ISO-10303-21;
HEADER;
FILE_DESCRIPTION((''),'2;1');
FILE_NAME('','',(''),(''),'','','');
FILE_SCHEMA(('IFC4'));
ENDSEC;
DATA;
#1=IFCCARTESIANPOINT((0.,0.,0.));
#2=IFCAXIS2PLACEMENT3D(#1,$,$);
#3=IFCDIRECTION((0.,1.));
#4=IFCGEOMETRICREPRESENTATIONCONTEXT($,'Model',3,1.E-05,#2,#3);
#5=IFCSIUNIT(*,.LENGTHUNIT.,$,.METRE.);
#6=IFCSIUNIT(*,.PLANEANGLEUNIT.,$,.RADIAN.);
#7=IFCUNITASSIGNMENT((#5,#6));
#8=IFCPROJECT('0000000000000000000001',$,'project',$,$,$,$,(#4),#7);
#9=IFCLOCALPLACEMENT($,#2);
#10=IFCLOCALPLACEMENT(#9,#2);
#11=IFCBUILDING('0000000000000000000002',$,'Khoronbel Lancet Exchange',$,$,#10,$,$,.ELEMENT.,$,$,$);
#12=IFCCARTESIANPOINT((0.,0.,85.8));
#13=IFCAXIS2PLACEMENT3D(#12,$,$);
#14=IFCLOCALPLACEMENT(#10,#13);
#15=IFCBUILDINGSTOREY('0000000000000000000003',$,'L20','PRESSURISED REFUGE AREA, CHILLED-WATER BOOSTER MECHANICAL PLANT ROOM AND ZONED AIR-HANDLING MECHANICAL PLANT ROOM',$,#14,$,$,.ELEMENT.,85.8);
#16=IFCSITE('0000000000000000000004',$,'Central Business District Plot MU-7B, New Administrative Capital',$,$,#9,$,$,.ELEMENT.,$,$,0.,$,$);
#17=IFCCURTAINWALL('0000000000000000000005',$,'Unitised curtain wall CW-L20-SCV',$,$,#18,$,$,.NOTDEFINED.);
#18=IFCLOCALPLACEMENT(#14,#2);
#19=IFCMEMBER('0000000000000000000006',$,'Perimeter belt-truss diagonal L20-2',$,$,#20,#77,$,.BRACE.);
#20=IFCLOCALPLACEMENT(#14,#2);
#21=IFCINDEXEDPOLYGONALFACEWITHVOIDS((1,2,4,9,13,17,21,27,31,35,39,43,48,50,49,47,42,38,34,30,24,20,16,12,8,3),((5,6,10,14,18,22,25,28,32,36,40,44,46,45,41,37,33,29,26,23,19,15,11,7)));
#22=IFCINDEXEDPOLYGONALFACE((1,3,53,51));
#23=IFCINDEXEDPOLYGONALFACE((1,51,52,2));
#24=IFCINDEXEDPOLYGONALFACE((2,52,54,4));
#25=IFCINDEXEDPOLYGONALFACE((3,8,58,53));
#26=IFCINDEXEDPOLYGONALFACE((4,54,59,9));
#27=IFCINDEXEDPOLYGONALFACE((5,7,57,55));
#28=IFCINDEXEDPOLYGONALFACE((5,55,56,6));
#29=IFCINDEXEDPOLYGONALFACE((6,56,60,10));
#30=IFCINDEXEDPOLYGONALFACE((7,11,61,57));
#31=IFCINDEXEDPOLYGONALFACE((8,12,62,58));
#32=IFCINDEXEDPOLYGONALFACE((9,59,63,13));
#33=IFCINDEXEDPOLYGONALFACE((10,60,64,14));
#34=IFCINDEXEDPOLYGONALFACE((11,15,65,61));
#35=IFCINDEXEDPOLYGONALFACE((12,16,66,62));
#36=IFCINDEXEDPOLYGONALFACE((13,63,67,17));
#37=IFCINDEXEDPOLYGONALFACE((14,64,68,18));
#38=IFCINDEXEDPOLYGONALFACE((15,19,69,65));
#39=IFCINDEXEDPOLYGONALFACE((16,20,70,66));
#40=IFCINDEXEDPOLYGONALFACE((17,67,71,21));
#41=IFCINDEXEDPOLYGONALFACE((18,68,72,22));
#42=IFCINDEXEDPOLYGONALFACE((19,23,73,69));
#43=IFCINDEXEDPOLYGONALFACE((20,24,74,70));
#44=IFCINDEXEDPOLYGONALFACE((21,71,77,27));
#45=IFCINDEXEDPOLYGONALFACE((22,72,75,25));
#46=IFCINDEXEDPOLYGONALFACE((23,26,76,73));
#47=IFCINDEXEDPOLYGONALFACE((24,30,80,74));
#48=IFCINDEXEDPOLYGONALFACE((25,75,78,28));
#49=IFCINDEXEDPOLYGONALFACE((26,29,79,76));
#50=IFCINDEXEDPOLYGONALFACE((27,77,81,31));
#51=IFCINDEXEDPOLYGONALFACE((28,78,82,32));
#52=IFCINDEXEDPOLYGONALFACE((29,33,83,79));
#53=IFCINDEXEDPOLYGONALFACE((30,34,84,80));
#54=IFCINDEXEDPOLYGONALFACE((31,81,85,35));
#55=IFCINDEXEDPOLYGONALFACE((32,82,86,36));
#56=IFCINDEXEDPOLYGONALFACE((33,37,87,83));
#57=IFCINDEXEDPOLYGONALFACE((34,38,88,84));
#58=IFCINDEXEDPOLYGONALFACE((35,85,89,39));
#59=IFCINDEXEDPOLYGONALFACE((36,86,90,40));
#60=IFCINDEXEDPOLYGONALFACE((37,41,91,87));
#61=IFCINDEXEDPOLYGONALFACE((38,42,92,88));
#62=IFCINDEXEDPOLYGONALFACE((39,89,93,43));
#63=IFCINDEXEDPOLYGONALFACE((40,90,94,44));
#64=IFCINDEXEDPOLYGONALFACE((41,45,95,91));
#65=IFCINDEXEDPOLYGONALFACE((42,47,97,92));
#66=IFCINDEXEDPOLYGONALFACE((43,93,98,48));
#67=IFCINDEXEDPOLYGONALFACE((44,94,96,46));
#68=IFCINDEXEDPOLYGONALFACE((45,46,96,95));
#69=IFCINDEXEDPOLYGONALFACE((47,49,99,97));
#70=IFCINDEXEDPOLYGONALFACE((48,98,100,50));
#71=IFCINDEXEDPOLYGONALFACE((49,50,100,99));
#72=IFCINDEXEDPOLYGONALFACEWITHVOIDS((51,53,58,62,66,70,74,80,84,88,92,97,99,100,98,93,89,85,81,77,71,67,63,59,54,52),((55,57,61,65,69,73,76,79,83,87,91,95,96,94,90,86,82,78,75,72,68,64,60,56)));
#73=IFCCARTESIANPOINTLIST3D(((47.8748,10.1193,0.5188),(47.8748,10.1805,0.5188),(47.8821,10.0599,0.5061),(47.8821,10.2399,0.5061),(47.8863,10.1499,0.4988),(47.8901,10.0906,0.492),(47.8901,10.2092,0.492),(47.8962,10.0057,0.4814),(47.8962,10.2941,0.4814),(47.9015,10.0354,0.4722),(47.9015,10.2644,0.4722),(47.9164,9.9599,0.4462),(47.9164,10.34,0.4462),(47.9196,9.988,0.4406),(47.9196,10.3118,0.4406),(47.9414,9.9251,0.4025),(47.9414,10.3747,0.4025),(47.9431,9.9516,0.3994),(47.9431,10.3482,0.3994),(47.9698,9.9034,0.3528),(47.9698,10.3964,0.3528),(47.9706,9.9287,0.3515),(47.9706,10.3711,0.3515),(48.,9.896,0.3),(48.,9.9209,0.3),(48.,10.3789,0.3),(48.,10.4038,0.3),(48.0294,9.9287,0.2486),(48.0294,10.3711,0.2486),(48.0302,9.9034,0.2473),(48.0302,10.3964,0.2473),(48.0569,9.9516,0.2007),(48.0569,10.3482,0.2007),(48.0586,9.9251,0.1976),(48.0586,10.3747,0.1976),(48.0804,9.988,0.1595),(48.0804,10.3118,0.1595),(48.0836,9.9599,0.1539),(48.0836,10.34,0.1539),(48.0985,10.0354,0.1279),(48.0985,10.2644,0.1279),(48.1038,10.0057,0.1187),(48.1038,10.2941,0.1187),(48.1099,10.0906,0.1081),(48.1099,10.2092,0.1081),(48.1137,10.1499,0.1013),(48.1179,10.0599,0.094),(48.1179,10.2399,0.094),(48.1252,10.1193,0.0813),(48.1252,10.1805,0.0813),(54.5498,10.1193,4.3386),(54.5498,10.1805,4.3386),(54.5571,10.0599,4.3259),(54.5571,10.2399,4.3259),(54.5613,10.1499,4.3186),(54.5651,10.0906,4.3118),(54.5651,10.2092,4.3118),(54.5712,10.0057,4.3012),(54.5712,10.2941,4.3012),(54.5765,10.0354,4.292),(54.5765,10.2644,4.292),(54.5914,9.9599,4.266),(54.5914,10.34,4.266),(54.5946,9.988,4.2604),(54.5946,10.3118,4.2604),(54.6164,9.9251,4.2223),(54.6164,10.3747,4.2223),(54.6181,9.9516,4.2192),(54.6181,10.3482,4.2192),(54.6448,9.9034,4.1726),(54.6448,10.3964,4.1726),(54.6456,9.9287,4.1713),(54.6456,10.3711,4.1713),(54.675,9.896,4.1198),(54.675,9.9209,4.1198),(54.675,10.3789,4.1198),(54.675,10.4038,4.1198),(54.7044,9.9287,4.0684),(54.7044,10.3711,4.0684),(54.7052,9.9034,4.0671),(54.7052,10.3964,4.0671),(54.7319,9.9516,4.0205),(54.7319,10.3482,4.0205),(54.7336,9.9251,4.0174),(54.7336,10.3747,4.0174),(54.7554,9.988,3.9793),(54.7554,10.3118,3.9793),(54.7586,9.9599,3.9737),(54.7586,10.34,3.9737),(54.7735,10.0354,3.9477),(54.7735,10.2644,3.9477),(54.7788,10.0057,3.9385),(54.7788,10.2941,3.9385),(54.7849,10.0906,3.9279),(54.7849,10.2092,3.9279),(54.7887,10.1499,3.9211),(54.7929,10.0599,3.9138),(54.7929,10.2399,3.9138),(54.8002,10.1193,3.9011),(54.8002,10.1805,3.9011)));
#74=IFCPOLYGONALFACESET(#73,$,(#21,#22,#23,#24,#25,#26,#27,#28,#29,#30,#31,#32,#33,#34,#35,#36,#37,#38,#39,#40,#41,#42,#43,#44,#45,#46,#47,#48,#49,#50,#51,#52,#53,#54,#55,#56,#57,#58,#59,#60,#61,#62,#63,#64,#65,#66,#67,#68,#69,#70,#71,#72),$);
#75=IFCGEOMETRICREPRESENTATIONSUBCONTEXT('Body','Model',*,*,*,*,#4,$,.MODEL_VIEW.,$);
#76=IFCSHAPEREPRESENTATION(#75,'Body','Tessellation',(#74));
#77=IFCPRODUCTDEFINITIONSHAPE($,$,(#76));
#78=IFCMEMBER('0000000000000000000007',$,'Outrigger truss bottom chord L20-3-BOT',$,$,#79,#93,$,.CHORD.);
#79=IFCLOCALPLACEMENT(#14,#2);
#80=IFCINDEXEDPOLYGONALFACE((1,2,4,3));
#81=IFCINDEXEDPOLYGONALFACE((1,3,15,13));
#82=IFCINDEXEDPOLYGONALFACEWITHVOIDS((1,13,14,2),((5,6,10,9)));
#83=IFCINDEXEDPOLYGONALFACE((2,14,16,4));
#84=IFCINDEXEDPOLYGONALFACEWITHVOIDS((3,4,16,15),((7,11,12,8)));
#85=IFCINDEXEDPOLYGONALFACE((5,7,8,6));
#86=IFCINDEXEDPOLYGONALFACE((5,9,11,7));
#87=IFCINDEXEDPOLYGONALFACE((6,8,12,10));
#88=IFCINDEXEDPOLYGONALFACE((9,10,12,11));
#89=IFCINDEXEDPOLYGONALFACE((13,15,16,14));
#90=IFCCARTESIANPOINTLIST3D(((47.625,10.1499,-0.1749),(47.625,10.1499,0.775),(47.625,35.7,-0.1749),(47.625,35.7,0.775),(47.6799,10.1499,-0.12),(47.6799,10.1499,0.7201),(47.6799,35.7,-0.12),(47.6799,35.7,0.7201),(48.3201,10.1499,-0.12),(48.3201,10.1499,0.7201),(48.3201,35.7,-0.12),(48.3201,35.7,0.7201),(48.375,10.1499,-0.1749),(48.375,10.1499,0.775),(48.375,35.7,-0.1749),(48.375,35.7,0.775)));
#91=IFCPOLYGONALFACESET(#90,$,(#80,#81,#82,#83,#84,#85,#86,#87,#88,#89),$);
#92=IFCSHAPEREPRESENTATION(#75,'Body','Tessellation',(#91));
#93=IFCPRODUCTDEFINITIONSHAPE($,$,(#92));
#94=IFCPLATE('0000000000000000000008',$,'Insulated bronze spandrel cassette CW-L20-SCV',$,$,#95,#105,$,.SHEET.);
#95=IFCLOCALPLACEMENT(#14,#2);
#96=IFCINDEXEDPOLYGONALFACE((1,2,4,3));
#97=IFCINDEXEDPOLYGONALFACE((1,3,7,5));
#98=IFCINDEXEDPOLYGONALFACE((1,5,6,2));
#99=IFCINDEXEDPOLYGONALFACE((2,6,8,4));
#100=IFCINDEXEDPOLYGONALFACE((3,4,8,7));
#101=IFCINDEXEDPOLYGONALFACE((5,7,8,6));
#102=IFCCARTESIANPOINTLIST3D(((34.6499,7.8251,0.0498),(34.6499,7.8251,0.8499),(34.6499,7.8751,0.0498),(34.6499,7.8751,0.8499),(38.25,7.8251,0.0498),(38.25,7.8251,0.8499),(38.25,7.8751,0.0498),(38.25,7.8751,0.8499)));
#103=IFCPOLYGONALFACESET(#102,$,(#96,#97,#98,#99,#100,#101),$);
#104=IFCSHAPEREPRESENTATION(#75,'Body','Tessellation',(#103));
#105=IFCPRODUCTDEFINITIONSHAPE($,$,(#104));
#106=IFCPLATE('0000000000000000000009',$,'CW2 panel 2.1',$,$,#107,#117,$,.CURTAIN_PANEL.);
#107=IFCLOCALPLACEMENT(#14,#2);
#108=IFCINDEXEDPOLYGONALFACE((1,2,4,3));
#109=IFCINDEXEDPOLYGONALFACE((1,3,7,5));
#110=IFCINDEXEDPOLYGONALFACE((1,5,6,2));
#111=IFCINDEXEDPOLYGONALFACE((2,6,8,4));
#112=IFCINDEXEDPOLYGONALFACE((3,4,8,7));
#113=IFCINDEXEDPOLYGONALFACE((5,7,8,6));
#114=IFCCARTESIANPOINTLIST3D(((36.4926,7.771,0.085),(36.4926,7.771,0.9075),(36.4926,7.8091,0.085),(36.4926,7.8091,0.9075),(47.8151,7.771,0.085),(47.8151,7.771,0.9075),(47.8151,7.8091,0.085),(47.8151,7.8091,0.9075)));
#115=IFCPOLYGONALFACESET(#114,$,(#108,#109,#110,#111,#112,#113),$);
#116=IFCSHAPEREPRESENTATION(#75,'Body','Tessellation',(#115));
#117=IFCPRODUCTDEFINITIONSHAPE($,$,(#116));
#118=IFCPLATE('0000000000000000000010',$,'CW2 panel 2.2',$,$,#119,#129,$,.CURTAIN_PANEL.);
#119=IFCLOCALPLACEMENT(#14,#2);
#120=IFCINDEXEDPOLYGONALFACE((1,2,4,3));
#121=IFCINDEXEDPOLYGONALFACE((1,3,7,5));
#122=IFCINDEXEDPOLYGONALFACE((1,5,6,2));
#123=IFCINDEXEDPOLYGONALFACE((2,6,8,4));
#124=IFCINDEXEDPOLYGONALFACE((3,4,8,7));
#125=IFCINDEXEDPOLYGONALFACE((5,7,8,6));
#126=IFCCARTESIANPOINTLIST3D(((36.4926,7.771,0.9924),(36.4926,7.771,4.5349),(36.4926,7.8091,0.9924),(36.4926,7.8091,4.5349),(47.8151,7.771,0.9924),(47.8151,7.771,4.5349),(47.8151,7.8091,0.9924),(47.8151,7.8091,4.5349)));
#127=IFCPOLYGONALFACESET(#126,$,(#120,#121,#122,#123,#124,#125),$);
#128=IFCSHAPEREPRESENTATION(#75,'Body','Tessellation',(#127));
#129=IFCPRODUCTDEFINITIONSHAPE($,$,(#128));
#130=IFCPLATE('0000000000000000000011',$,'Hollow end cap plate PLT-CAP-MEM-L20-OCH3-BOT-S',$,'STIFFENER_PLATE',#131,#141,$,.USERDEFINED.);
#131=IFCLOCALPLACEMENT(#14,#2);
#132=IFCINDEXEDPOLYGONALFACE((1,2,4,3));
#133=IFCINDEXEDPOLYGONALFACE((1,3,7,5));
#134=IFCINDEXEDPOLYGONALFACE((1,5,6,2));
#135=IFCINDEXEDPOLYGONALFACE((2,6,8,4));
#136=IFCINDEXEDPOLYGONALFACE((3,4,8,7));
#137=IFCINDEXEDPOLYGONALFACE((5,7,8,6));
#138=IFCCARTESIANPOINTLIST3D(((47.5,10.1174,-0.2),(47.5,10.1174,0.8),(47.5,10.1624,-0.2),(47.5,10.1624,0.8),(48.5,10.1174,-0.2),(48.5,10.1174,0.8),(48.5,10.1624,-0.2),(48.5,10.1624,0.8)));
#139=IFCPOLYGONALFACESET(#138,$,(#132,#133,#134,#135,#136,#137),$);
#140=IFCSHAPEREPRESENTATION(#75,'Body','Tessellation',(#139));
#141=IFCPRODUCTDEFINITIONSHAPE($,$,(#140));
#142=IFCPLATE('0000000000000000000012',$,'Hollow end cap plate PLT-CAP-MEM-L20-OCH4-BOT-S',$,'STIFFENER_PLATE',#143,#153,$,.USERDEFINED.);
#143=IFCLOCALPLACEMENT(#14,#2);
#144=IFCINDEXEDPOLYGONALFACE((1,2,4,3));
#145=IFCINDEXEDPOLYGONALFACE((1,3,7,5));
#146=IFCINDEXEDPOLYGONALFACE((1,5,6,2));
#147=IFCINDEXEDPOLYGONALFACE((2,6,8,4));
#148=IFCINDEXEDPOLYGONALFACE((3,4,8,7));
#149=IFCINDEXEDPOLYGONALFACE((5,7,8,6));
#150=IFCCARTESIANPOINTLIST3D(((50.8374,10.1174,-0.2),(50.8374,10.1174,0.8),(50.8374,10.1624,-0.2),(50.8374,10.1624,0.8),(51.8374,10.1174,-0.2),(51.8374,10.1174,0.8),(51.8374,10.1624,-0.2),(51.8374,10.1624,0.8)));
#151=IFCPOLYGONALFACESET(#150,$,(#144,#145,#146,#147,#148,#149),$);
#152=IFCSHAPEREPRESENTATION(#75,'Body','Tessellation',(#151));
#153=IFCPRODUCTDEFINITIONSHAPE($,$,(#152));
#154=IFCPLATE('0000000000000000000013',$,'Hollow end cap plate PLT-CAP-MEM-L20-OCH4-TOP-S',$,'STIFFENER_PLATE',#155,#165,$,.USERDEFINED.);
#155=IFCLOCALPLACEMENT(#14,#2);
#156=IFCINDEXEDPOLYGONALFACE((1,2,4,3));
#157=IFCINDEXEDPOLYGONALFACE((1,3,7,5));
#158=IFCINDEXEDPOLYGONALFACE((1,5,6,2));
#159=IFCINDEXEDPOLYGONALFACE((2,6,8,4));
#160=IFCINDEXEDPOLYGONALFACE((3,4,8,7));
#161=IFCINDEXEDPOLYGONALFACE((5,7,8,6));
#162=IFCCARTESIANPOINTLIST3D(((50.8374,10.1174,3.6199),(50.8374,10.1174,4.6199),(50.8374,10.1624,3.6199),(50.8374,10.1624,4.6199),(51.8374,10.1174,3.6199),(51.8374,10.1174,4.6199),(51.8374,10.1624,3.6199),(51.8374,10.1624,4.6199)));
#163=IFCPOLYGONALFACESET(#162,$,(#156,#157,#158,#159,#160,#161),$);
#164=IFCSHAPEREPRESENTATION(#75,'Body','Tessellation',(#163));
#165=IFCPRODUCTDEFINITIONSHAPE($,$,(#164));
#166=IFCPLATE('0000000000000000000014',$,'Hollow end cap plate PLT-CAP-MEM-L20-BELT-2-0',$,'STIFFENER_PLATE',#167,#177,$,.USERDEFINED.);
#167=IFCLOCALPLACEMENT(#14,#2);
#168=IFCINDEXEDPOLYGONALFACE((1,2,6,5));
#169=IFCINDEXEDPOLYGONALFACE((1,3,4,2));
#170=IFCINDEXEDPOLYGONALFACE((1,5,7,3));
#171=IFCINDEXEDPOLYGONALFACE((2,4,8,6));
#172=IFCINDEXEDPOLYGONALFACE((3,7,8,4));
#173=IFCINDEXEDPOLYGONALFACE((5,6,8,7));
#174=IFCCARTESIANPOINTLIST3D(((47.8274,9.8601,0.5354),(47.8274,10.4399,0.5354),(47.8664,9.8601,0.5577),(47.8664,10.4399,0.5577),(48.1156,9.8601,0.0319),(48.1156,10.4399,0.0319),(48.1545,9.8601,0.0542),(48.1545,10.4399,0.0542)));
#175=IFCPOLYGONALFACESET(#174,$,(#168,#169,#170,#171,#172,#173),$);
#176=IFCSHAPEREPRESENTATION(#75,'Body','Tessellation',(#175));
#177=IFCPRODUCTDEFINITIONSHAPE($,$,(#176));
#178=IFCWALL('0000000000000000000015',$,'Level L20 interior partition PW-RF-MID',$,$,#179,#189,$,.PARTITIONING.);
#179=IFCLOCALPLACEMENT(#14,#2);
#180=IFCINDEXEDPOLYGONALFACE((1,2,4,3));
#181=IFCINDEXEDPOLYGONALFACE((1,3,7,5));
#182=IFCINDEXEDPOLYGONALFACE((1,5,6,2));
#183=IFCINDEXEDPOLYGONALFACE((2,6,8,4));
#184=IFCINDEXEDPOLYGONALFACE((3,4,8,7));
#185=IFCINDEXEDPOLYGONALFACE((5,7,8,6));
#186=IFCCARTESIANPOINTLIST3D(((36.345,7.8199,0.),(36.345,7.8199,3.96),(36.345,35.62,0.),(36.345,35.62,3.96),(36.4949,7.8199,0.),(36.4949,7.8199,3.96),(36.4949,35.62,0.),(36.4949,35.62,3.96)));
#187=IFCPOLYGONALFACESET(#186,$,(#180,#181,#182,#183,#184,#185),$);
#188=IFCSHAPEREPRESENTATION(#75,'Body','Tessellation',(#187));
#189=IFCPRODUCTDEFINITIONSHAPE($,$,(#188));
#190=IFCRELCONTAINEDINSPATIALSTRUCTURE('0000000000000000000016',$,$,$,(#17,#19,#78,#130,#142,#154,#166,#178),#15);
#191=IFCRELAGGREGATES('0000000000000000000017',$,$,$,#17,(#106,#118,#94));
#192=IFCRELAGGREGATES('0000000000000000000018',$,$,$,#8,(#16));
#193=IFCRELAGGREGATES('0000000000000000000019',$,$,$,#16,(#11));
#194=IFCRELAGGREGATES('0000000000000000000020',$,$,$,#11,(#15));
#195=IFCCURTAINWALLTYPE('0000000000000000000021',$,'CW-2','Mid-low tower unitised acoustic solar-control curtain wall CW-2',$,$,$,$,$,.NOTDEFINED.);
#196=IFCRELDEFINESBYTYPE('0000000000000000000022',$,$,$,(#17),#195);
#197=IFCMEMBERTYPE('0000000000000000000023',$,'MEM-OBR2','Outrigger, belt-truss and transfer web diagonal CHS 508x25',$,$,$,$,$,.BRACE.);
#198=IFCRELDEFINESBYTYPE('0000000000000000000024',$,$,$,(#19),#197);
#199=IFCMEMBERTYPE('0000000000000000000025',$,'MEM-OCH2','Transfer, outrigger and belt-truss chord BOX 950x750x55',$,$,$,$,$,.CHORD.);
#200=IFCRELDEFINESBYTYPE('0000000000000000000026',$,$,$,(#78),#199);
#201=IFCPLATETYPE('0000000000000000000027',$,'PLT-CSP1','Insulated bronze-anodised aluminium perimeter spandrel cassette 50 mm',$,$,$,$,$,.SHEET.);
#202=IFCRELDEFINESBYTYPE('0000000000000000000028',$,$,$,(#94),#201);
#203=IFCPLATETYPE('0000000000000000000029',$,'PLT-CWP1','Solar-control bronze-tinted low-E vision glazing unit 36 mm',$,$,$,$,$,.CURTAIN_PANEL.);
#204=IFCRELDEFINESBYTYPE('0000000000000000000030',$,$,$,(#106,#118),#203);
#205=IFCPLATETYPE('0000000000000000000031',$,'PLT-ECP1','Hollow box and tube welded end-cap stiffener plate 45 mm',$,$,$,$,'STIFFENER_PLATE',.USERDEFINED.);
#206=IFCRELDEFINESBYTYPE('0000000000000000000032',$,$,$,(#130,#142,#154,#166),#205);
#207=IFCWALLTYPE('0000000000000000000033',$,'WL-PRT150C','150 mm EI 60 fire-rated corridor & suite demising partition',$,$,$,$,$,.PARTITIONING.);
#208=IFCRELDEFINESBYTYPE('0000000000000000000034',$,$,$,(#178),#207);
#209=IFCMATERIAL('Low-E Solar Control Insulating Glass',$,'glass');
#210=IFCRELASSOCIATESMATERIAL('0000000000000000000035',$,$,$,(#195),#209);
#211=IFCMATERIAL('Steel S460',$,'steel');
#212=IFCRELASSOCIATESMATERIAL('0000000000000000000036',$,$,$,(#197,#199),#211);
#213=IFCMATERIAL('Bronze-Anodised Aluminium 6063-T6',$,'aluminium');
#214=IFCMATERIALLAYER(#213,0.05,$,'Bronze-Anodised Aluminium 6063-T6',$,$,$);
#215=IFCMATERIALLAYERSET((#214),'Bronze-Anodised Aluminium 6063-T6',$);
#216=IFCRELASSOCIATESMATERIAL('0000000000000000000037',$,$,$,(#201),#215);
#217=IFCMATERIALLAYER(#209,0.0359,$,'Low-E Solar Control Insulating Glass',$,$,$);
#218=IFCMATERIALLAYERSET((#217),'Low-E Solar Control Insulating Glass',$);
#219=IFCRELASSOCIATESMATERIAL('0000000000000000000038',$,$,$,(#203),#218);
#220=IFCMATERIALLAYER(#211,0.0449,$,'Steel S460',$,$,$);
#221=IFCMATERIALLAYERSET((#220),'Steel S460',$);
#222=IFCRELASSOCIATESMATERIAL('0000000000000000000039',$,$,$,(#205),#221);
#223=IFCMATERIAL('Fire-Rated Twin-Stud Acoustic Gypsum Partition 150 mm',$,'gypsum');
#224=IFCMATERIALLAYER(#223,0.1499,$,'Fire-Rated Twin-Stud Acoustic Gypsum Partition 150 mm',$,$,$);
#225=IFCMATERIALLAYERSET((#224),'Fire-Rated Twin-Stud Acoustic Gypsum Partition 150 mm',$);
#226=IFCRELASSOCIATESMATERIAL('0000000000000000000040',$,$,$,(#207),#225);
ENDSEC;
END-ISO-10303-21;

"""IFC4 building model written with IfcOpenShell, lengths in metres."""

from ifc_helpers import new_model, si_unit, direction, frame, frame_2d, origin, origin_2d, place, context, subcontext, project, spatial, polyline, rectangle, hollow_rectangle, hollow_circle, outline, extrude, material, layer, layer_set, material_profile, profile_set, type_object, element, aggregate, save


model = new_model("IFC4")

# Units and contexts
model_context = context("Model", 3, precision=1e-05, world=origin(), true_north=direction((0.0, 1.0)))
body_context = subcontext(model_context, "Body", "Model", "MODEL_VIEW")
ifc_project = project(units=[si_unit("LENGTHUNIT", "METRE"), si_unit("PLANEANGLEUNIT", "RADIAN")], contexts=[model_context])

# Site, building, storey
site_placement = place(None, origin())
site = spatial("IfcSite", under=ifc_project, at=site_placement, Name="Central Business District Plot MU-7B, New Administrative Capital", CompositionType="ELEMENT", RefElevation=0.0)
building_placement = place(site_placement, origin())
building = spatial("IfcBuilding", under=site, at=building_placement, Name="Khoronbel Lancet Exchange", CompositionType="ELEMENT")
storey_placement = place(building_placement, frame((0.0, 0.0, 85.8)))
storey = spatial("IfcBuildingStorey", under=building, at=storey_placement, Name="L20", Description="PRESSURISED REFUGE AREA, CHILLED-WATER BOOSTER MECHANICAL PLANT ROOM AND ZONED AIR-HANDLING MECHANICAL PLANT ROOM", CompositionType="ELEMENT", Elevation=85.8)

# Shared definitions
ifc_material_1 = material(Name="Steel S460", Category="steel")

# Curtain wall
ifc_material_2 = material(Name="Low-E Solar Control Insulating Glass", Category="glass")
curtain_wall_type = type_object("IfcCurtainWallType", Name="CW-2", Description="Mid-low tower unitised acoustic solar-control curtain wall CW-2", PredefinedType="NOTDEFINED", material=ifc_material_2)
curtain_wall_1_placement = place(storey_placement, origin())
curtain_wall_1 = element("IfcCurtainWall", 1, at=curtain_wall_1_placement, inside=storey, type_object=curtain_wall_type, Name="Unitised curtain wall CW-L20-SCV", PredefinedType="NOTDEFINED")
ifc_material_3 = material(Name="Bronze-Anodised Aluminium 6063-T6", Category="aluminium")

# Members
ifc_material_profile_1 = material_profile(ifc_material_1, hollow_circle(Radius=0.2539, WallThickness=0.0249, at=origin_2d()), Name="CHS 508x25")
ifc_profile_set_1 = profile_set([ifc_material_profile_1], Name="Steel S460")
member_type_1 = type_object("IfcMemberType", Name="MEM-OBR2", Description="Outrigger, belt-truss and transfer web diagonal CHS 508x25", PredefinedType="BRACE", material=ifc_profile_set_1)
member_1_placement = place(storey_placement, frame((48.0, 10.1499, 0.3), z_axis=(0.867934, 0.0, 0.496679), x_axis=(0.0, 1.0, 0.0)))
element("IfcMember", 2, at=member_1_placement, inside=storey, type_object=member_type_1, Name="Perimeter belt-truss diagonal L20-2", PredefinedType="BRACE", context=body_context, shape_type="SweptSolid", body=[
    extrude(hollow_circle(Radius=0.2539, WallThickness=0.0249, at=origin_2d()), origin(), (0.0, 0.0, 1.0), 7.6907),
])
ifc_material_profile_2 = material_profile(ifc_material_1, hollow_rectangle(XDim=0.75, YDim=0.95, WallThickness=0.0549, at=origin_2d()), Name="BOX 950x750x55")
ifc_profile_set_2 = profile_set([ifc_material_profile_2], Name="Steel S460")
member_type_2 = type_object("IfcMemberType", Name="MEM-OCH2", Description="Transfer, outrigger and belt-truss chord BOX 950x750x55", PredefinedType="CHORD", material=ifc_profile_set_2)
member_2_placement = place(storey_placement, frame((48.0, 10.1499, 0.3), z_axis=(0.0, 1.0, 0.0), x_axis=(-1.0, 0.0, 0.0)))
element("IfcMember", 3, at=member_2_placement, inside=storey, type_object=member_type_2, Name="Outrigger truss bottom chord L20-3-BOT", PredefinedType="CHORD", context=body_context, shape_type="SweptSolid", body=[
    extrude(hollow_rectangle(XDim=0.75, YDim=0.95, WallThickness=0.0549, at=origin_2d()), origin(), (0.0, 0.0, 1.0), 25.55),
])

# Plates
ifc_layer_1 = layer(ifc_material_3, 0.05, Name="Bronze-Anodised Aluminium 6063-T6")
ifc_layer_set_1 = layer_set([ifc_layer_1], Name="Bronze-Anodised Aluminium 6063-T6")
plate_type_1 = type_object("IfcPlateType", Name="PLT-CSP1", Description="Insulated bronze-anodised aluminium perimeter spandrel cassette 50 mm", PredefinedType="SHEET", material=ifc_layer_set_1)
plate_1_placement = place(storey_placement, frame((36.45, 7.8501, 0.0498), z_axis=(0.0, 0.0, 1.0), x_axis=(1.0, 0.0, 0.0)))
plate_1 = element("IfcPlate", 4, at=plate_1_placement, type_object=plate_type_1, Name="Insulated bronze spandrel cassette CW-L20-SCV", PredefinedType="SHEET", context=body_context, shape_type="SweptSolid", body=[
    extrude(rectangle(XDim=3.6001, YDim=0.05, at=origin_2d()), origin(), (0.0, 0.0, 1.0), 0.8),
])
ifc_layer_2 = layer(ifc_material_2, 0.0359, Name="Low-E Solar Control Insulating Glass")
ifc_layer_set_2 = layer_set([ifc_layer_2], Name="Low-E Solar Control Insulating Glass")
plate_type_2 = type_object("IfcPlateType", Name="PLT-CWP1", Description="Solar-control bronze-tinted low-E vision glazing unit 36 mm", PredefinedType="CURTAIN_PANEL", material=ifc_layer_set_2)
plate_2_placement = place(storey_placement, frame((42.1538, 7.79, 0.085), z_axis=(0.0, 0.0, 1.0), x_axis=(1.0, 0.0, 0.0)))
plate_2 = element("IfcPlate", 5, at=plate_2_placement, type_object=plate_type_2, Name="CW2 panel 2.1", PredefinedType="CURTAIN_PANEL", context=body_context, shape_type="SweptSolid", body=[
    extrude(rectangle(XDim=11.3225, YDim=0.0381, at=origin_2d()), origin(), (0.0, 0.0, 1.0), 0.8225),
])
plate_3_placement = place(storey_placement, frame((42.1538, 7.79, 0.9924), z_axis=(0.0, 0.0, 1.0), x_axis=(1.0, 0.0, 0.0)))
plate_3 = element("IfcPlate", 6, at=plate_3_placement, type_object=plate_type_2, Name="CW2 panel 2.2", PredefinedType="CURTAIN_PANEL", context=body_context, shape_type="SweptSolid", body=[
    extrude(rectangle(XDim=11.3225, YDim=0.0381, at=origin_2d()), origin(), (0.0, 0.0, 1.0), 3.5425),
])
aggregate(curtain_wall_1, [plate_2, plate_3, plate_1])

# Plates
ifc_layer_3 = layer(ifc_material_1, 0.0449, Name="Steel S460")
ifc_layer_set_3 = layer_set([ifc_layer_3], Name="Steel S460")
plate_type_3 = type_object("IfcPlateType", Name="PLT-ECP1", Description="Hollow box and tube welded end-cap stiffener plate 45 mm", ElementType="STIFFENER_PLATE", PredefinedType="USERDEFINED", material=ifc_layer_set_3)
for number, where, z_axis, x_axis, name in (
    (7, (48.0, 10.1399, -0.2), (0.0, 0.0, 1.0), (0.0, -1.0, 0.0), "Hollow end cap plate PLT-CAP-MEM-L20-OCH3-BOT-S"),
    (8, (51.3374, 10.1399, -0.2), (0.0, 0.0, 1.0), (0.0, -1.0, 0.0), "Hollow end cap plate PLT-CAP-MEM-L20-OCH4-BOT-S"),
    (9, (51.3374, 10.1399, 3.6199), (0.0, 0.0, 1.0), (0.0, -1.0, 0.0), "Hollow end cap plate PLT-CAP-MEM-L20-OCH4-TOP-S"),
):
    element("IfcPlate", number, at=place(storey_placement, frame(where, z_axis=z_axis, x_axis=x_axis)), inside=storey, type_object=plate_type_3, Name=name, ObjectType="STIFFENER_PLATE", PredefinedType="USERDEFINED", context=body_context, shape_type="SweptSolid", body=[
        extrude(rectangle(XDim=0.0449, YDim=1.0, at=origin_2d()), origin(), (0.0, 0.0, 1.0), 1.0),
    ])
plate_4_placement = place(storey_placement, frame((48.1545, 9.8601, 0.0542), z_axis=(0.867932, 0.0, 0.496683), x_axis=(0.0, 1.0, 0.0)))
element("IfcPlate", 10, at=plate_4_placement, inside=storey, type_object=plate_type_3, Name="Hollow end cap plate PLT-CAP-MEM-L20-BELT-2-0", ObjectType="STIFFENER_PLATE", PredefinedType="USERDEFINED", context=body_context, shape_type="SweptSolid", body=[
    extrude(outline(polyline([(0.0, 0.0), (0.5798, 0.0), (0.5798, 0.5801), (0.0, 0.5801), (0.0, 0.0)])), origin(), (0.0, 0.0, -1.0), 0.0449),
])

# Wall
ifc_material_4 = material(Name="Fire-Rated Twin-Stud Acoustic Gypsum Partition 150 mm", Category="gypsum")
ifc_layer_4 = layer(ifc_material_4, 0.1499, Name="Fire-Rated Twin-Stud Acoustic Gypsum Partition 150 mm")
ifc_layer_set_4 = layer_set([ifc_layer_4], Name="Fire-Rated Twin-Stud Acoustic Gypsum Partition 150 mm")
wall_type = type_object("IfcWallType", Name="WL-PRT150C", Description="150 mm EI 60 fire-rated corridor & suite demising partition", PredefinedType="PARTITIONING", material=ifc_layer_set_4)
wall_1_placement = place(storey_placement, frame((36.4199, 7.8201, 0.0), z_axis=(0.0, 0.0, 1.0), x_axis=(0.0, 1.0, 0.0)))
element("IfcWall", 11, at=wall_1_placement, inside=storey, type_object=wall_type, Name="Level L20 interior partition PW-RF-MID", PredefinedType="PARTITIONING", context=body_context, shape_type="SweptSolid", body=[
    extrude(rectangle(XDim=27.8, YDim=0.1499, at=frame_2d((13.8999, 0.0))), origin(), (0.0, 0.0, 1.0), 3.96),
])

save(model, "model.ifc")
